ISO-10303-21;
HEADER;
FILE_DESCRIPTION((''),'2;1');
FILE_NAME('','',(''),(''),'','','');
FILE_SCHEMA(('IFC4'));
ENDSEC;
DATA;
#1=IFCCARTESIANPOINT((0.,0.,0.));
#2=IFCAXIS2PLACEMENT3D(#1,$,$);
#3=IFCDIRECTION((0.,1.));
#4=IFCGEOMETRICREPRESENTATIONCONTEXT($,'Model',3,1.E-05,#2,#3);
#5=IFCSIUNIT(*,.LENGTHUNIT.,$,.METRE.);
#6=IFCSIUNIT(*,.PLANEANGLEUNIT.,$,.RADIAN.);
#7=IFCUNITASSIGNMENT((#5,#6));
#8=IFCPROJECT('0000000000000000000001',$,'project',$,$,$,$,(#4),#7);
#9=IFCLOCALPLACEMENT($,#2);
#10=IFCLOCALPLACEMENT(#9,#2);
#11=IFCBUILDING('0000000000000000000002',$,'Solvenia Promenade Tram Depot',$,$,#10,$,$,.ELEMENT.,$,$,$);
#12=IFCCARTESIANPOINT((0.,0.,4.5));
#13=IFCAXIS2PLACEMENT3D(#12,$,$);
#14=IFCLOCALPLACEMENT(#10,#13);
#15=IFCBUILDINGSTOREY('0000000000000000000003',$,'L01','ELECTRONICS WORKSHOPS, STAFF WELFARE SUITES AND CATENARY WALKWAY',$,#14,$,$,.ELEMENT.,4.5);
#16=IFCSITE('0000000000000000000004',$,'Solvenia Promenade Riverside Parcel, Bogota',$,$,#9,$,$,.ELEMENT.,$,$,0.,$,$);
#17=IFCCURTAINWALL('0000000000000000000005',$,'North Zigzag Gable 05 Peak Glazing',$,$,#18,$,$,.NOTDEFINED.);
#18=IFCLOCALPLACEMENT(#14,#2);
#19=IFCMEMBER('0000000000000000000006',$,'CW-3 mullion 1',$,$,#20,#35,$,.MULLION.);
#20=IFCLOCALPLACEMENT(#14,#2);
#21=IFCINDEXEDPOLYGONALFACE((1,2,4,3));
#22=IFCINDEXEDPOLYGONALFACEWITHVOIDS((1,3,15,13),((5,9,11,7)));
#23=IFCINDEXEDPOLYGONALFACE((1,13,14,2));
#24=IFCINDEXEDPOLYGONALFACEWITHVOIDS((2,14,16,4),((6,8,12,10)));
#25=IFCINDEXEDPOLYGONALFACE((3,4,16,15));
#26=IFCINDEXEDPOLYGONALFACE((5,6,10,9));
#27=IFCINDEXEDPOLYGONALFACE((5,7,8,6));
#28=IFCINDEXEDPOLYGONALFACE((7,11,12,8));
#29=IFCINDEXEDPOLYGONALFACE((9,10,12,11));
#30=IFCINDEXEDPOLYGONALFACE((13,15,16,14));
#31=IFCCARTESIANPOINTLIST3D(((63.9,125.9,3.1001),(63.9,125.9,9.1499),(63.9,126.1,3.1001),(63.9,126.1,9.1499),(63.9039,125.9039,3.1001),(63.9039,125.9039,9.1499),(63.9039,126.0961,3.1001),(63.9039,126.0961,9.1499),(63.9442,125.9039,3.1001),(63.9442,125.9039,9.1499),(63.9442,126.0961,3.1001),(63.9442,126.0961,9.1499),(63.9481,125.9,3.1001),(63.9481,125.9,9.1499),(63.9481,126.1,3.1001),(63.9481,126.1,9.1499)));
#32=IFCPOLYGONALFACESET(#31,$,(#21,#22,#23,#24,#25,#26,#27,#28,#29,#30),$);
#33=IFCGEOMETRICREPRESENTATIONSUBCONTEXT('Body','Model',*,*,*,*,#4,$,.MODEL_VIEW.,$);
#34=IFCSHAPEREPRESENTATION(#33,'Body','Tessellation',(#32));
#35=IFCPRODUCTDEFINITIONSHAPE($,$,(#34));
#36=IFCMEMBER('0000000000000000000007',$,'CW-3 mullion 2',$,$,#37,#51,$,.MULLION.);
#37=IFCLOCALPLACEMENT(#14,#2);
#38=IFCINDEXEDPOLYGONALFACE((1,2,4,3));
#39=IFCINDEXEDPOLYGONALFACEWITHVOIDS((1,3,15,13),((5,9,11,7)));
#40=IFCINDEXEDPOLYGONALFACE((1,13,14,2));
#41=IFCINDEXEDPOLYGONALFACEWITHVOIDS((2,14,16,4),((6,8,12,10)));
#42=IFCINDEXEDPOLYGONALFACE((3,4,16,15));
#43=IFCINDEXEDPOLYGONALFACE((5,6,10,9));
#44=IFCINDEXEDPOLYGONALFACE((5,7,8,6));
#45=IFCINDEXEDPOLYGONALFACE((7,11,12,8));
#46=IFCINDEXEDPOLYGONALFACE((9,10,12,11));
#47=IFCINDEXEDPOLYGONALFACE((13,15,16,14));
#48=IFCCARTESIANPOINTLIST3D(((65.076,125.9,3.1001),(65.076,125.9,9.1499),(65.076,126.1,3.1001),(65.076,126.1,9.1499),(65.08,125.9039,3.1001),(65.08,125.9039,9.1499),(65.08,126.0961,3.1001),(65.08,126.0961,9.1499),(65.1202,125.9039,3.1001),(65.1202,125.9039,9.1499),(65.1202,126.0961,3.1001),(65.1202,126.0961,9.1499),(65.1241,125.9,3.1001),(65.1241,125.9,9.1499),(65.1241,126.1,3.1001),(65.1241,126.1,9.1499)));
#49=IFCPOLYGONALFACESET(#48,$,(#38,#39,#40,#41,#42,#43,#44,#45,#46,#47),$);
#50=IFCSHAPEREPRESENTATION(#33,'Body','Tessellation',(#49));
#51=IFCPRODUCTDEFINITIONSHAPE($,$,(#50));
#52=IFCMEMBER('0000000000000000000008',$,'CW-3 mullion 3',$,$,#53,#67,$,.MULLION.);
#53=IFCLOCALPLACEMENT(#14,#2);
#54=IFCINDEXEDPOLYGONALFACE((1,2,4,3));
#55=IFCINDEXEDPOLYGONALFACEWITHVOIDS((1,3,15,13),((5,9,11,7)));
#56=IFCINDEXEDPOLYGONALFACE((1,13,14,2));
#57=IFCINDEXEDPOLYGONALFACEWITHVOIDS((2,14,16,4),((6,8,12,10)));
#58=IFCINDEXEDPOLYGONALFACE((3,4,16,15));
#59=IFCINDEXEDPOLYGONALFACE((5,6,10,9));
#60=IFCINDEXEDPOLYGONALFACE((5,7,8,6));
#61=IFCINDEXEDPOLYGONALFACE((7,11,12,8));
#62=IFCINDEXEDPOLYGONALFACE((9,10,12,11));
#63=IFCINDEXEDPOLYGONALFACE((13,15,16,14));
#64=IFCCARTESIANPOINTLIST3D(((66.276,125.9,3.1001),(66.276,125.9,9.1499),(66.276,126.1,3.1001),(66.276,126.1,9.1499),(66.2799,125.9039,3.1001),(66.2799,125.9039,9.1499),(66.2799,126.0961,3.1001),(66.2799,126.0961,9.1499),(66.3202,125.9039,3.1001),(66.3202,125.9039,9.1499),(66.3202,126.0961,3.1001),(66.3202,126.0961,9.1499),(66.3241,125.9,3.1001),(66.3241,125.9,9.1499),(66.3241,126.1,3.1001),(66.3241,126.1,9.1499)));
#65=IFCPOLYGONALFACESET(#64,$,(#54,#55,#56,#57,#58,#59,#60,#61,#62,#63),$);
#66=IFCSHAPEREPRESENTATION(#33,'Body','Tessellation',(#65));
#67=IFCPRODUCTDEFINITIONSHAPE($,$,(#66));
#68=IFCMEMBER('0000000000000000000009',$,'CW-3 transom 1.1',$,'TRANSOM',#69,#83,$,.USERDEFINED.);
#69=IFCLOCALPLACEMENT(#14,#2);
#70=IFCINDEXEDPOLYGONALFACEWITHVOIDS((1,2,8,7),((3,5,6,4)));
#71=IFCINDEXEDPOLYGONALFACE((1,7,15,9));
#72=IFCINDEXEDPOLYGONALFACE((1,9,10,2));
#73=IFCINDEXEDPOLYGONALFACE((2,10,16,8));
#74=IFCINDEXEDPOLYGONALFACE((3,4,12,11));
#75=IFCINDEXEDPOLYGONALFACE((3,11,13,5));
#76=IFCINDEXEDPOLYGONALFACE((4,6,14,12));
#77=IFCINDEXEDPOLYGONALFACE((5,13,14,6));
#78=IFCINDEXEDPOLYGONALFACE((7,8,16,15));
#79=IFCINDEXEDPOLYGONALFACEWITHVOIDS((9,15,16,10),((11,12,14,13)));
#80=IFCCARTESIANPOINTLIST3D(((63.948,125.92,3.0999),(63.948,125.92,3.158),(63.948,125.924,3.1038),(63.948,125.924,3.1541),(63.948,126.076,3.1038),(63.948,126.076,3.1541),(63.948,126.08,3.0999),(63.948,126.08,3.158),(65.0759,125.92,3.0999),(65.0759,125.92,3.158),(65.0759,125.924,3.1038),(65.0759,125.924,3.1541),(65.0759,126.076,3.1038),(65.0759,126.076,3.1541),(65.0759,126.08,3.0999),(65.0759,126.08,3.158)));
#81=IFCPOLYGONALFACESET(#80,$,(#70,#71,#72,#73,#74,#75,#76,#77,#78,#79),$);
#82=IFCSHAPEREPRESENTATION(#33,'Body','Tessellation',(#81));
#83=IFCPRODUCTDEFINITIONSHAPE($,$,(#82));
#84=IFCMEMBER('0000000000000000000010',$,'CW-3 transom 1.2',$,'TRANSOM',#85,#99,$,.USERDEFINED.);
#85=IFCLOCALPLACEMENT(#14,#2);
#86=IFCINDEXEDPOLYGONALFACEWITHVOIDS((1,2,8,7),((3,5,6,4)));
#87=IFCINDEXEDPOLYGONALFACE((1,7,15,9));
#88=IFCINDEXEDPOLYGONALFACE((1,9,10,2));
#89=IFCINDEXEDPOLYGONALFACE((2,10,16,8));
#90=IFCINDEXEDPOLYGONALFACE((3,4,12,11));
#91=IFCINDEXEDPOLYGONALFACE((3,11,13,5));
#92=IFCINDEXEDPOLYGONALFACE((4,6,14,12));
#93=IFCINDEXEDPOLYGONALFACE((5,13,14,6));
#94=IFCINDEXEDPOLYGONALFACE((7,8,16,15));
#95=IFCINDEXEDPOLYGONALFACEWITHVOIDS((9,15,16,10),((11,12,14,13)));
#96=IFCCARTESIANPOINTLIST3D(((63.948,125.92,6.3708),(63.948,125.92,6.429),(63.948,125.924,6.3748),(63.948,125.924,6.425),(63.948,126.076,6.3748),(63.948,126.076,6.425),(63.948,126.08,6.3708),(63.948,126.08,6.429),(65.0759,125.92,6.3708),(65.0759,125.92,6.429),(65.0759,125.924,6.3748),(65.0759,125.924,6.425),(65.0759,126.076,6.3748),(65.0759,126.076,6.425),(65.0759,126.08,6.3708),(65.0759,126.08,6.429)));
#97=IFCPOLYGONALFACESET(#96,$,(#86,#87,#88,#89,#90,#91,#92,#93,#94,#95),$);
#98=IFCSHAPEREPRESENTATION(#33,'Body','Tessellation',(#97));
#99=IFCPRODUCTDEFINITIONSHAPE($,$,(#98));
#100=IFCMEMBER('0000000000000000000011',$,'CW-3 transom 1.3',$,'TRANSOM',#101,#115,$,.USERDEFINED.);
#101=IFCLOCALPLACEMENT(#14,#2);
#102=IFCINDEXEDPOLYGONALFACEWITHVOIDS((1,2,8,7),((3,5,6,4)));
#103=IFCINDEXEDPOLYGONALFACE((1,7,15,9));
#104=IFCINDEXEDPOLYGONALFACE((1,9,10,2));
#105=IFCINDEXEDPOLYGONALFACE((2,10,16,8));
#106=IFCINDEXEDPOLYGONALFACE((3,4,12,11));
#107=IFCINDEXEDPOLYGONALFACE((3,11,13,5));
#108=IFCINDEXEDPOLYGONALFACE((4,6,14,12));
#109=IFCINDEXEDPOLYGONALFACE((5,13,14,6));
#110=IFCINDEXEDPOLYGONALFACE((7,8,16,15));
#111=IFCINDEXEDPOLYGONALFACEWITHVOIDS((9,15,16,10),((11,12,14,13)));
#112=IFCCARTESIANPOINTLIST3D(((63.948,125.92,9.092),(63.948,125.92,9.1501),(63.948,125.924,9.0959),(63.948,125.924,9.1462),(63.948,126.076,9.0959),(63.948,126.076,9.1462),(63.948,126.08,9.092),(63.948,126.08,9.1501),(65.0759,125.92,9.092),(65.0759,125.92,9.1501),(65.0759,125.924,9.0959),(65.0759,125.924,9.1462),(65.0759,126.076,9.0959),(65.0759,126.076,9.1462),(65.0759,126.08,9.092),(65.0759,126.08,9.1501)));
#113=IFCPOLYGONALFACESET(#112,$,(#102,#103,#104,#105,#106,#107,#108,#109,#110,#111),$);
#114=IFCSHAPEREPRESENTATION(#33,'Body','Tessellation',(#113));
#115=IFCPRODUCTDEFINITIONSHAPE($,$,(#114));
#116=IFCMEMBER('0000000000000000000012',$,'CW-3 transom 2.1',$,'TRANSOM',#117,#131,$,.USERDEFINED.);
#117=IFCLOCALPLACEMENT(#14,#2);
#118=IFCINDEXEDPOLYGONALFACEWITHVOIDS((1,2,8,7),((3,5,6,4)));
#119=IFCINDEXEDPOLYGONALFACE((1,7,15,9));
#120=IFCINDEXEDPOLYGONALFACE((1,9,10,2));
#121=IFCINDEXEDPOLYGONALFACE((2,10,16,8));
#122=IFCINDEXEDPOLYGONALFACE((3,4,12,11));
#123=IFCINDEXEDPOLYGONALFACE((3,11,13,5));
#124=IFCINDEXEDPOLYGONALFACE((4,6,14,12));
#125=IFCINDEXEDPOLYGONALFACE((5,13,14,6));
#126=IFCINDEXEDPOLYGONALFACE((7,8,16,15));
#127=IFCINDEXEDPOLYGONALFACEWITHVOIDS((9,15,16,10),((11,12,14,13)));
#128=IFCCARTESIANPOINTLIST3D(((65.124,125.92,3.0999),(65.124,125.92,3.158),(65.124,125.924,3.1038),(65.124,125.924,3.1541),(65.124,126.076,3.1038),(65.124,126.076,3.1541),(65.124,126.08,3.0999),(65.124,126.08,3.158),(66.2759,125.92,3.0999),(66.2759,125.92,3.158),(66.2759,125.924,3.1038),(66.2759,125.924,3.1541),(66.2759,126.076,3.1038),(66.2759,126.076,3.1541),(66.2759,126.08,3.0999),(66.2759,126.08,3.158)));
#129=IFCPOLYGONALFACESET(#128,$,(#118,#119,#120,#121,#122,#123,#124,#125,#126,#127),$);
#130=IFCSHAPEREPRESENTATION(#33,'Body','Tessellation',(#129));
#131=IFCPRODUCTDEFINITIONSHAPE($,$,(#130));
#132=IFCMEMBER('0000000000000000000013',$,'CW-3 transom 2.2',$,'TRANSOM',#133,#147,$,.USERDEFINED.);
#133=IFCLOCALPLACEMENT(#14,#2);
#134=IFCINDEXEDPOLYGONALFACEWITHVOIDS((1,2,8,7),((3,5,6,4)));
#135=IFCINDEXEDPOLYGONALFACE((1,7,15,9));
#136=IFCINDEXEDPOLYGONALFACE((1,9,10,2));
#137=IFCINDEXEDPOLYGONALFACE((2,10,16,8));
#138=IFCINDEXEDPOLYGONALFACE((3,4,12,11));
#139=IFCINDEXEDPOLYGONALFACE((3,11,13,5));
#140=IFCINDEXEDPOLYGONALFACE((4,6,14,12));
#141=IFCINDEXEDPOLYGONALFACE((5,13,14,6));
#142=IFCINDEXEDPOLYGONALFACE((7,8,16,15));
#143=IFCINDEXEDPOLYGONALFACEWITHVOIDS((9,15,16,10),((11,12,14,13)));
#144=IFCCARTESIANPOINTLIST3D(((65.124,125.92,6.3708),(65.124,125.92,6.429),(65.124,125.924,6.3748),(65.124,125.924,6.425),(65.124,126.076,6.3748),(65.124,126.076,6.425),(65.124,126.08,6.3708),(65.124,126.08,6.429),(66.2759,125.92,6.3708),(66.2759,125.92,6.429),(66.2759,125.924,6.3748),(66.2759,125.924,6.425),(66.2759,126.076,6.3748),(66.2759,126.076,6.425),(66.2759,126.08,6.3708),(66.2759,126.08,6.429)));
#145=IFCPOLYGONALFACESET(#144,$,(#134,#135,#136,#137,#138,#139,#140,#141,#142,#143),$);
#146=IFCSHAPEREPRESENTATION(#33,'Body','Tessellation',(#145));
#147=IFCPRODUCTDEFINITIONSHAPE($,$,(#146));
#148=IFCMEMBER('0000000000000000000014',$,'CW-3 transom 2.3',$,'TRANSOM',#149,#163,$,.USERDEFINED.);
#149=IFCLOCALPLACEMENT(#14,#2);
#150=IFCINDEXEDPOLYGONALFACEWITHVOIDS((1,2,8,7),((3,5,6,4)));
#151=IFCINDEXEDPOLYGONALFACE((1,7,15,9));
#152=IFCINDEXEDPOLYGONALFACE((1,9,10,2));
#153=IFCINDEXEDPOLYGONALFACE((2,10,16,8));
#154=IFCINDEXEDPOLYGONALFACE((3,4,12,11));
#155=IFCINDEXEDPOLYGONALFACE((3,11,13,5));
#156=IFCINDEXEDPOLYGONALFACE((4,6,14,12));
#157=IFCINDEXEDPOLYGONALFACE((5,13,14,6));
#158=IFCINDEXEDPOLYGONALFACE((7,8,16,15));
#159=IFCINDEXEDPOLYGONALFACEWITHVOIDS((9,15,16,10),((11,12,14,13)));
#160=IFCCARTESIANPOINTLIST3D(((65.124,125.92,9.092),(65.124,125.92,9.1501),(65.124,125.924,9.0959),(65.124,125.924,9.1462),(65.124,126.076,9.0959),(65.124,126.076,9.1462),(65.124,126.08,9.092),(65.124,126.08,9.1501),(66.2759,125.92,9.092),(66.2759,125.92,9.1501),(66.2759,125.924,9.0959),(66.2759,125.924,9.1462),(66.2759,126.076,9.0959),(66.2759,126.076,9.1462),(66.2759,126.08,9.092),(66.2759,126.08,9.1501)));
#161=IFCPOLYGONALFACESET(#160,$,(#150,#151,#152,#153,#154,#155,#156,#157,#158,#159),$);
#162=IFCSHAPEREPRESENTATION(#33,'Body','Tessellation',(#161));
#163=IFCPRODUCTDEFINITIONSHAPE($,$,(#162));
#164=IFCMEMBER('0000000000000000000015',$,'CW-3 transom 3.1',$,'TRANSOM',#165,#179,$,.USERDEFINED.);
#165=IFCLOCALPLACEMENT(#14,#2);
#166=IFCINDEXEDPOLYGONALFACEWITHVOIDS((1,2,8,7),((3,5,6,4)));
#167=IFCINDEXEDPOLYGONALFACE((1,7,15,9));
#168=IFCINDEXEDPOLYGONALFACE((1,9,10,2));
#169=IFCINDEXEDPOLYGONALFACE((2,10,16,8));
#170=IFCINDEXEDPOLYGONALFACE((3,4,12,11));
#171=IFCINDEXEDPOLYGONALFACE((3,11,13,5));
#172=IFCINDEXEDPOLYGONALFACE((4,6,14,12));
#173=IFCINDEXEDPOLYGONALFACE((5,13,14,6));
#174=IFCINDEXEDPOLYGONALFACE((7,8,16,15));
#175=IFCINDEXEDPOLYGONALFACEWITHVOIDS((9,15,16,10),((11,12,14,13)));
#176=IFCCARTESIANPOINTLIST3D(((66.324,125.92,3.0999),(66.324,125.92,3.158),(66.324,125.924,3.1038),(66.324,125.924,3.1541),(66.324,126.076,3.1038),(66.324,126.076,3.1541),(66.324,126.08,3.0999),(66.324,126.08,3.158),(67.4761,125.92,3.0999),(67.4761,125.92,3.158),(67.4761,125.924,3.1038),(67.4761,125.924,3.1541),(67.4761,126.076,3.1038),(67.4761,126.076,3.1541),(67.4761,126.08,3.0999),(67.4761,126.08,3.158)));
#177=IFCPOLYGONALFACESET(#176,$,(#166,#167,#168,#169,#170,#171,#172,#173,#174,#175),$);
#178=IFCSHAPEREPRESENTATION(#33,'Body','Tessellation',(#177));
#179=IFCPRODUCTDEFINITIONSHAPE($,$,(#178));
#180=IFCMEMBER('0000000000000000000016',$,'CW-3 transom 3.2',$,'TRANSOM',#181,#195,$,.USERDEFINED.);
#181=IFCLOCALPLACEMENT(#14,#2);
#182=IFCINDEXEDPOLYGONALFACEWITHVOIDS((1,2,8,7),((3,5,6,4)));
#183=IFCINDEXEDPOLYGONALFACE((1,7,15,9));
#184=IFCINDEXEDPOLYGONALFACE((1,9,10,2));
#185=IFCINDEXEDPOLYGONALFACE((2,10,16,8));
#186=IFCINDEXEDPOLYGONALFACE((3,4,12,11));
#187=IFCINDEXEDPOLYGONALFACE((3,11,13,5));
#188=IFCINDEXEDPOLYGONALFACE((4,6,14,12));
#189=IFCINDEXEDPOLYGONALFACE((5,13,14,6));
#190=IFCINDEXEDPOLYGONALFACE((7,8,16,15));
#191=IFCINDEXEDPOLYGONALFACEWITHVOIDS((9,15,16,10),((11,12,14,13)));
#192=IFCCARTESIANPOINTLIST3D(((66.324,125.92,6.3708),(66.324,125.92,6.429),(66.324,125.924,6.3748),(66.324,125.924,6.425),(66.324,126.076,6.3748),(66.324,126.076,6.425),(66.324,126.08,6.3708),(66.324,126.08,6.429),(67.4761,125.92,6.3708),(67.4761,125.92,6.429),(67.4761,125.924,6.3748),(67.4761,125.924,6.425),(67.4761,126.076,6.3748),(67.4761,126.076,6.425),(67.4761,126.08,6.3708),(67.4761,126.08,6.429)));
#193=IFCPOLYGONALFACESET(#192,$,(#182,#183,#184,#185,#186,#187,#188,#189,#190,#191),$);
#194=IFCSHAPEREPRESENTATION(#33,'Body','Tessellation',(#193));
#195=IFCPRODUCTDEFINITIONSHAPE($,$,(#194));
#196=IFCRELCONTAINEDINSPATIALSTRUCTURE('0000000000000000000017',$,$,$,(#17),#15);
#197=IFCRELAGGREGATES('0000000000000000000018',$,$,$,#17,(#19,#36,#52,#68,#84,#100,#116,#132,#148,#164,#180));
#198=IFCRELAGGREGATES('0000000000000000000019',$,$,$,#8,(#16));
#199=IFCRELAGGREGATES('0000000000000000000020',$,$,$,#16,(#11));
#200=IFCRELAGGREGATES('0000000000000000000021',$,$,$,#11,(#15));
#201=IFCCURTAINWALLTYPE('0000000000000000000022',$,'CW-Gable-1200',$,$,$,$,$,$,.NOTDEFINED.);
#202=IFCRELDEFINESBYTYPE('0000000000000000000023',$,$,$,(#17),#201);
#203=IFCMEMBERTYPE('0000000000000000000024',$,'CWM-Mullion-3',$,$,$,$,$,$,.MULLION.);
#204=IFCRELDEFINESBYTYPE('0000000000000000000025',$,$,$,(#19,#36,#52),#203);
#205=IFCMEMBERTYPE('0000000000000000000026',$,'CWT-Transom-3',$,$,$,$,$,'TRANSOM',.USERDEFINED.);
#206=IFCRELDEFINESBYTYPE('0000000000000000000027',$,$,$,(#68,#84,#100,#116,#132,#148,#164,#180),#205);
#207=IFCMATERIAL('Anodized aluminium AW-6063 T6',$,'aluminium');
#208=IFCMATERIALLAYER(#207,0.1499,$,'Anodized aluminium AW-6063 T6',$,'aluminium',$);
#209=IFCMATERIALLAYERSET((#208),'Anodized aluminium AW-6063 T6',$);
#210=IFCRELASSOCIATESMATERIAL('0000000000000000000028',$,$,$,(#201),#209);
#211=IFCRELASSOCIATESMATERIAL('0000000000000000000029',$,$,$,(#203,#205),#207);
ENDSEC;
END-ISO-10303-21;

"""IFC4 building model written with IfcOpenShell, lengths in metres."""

from ifc_helpers import new_model, si_unit, direction, frame, origin, origin_2d, place, context, subcontext, project, spatial, hollow_rectangle, extrude, material, layer, layer_set, material_profile, profile_set, type_object, element, aggregate, save


model = new_model("IFC4")

# Units and contexts
model_context = context("Model", 3, precision=1e-05, world=origin(), true_north=direction((0.0, 1.0)))
body_context = subcontext(model_context, "Body", "Model", "MODEL_VIEW")
ifc_project = project(units=[si_unit("LENGTHUNIT", "METRE"), si_unit("PLANEANGLEUNIT", "RADIAN")], contexts=[model_context])

# Site, building, storey
site_placement = place(None, origin())
site = spatial("IfcSite", under=ifc_project, at=site_placement, Name="Solvenia Promenade Riverside Parcel, Bogota", CompositionType="ELEMENT", RefElevation=0.0)
building_placement = place(site_placement, origin())
building = spatial("IfcBuilding", under=site, at=building_placement, Name="Solvenia Promenade Tram Depot", CompositionType="ELEMENT")
storey_placement = place(building_placement, frame((0.0, 0.0, 4.5)))
storey = spatial("IfcBuildingStorey", under=building, at=storey_placement, Name="L01", Description="ELECTRONICS WORKSHOPS, STAFF WELFARE SUITES AND CATENARY WALKWAY", CompositionType="ELEMENT", Elevation=4.5)

# Curtain wall, members
ifc_material_1 = material(Name="Anodized aluminium AW-6063 T6", Category="aluminium")
ifc_layer_1 = layer(ifc_material_1, 0.1499, Name="Anodized aluminium AW-6063 T6", Category="aluminium")
ifc_layer_set_1 = layer_set([ifc_layer_1], Name="Anodized aluminium AW-6063 T6")
curtain_wall_type = type_object("IfcCurtainWallType", Name="CW-Gable-1200", PredefinedType="NOTDEFINED", material=ifc_layer_set_1)
curtain_wall_placement = place(storey_placement, origin())
curtain_wall = element("IfcCurtainWall", 1, at=curtain_wall_placement, inside=storey, type_object=curtain_wall_type, Name="North Zigzag Gable 05 Peak Glazing", PredefinedType="NOTDEFINED")
ifc_material_profile_1 = material_profile(ifc_material_1, hollow_rectangle(XDim=0.2, YDim=0.0481, WallThickness=0.0039, at=origin_2d()), Name="ALU-M3", Category="aluminium")
ifc_profile_set_1 = profile_set([ifc_material_profile_1], Name="Anodized aluminium AW-6063 T6")
member_type_1 = type_object("IfcMemberType", Name="CWM-Mullion-3", PredefinedType="MULLION", material=ifc_profile_set_1)
member_1_placement = place(storey_placement, frame((63.9241, 126.0, 3.1001), z_axis=(0.0, 0.0, 1.0), x_axis=(0.0, 1.0, 0.0)))
member_1 = element("IfcMember", 2, at=member_1_placement, type_object=member_type_1, Name="CW-3 mullion 1", PredefinedType="MULLION", context=body_context, shape_type="SweptSolid", body=[
    extrude(hollow_rectangle(XDim=0.2, YDim=0.0481, WallThickness=0.0039, at=origin_2d()), origin(), (0.0, 0.0, 1.0), 6.0498),
])
member_2_placement = place(storey_placement, frame((65.1001, 126.0, 3.1001), z_axis=(0.0, 0.0, 1.0), x_axis=(0.0, 1.0, 0.0)))
member_2 = element("IfcMember", 3, at=member_2_placement, type_object=member_type_1, Name="CW-3 mullion 2", PredefinedType="MULLION", context=body_context, shape_type="SweptSolid", body=[
    extrude(hollow_rectangle(XDim=0.2, YDim=0.0481, WallThickness=0.0039, at=origin_2d()), origin(), (0.0, 0.0, 1.0), 6.0498),
])
member_3_placement = place(storey_placement, frame((66.3, 126.0, 3.1001), z_axis=(0.0, 0.0, 1.0), x_axis=(0.0, 1.0, 0.0)))
member_3 = element("IfcMember", 4, at=member_3_placement, type_object=member_type_1, Name="CW-3 mullion 3", PredefinedType="MULLION", context=body_context, shape_type="SweptSolid", body=[
    extrude(hollow_rectangle(XDim=0.2, YDim=0.0481, WallThickness=0.0039, at=origin_2d()), origin(), (0.0, 0.0, 1.0), 6.0498),
])
ifc_material_profile_2 = material_profile(ifc_material_1, hollow_rectangle(XDim=0.1599, YDim=0.0581, WallThickness=0.0039, at=origin_2d()), Name="ALU-T3", Category="aluminium")
ifc_profile_set_2 = profile_set([ifc_material_profile_2], Name="Anodized aluminium AW-6063 T6")
member_type_2 = type_object("IfcMemberType", Name="CWT-Transom-3", ElementType="TRANSOM", PredefinedType="USERDEFINED", material=ifc_profile_set_2)
member_4_placement = place(storey_placement, frame((63.948, 126.0, 3.1289), z_axis=(1.0, 0.0, 0.0), x_axis=(0.0, 1.0, 0.0)))
member_4 = element("IfcMember", 5, at=member_4_placement, type_object=member_type_2, Name="CW-3 transom 1.1", ObjectType="TRANSOM", PredefinedType="USERDEFINED", context=body_context, shape_type="SweptSolid", body=[
    extrude(hollow_rectangle(XDim=0.1599, YDim=0.0581, WallThickness=0.0039, at=origin_2d()), origin(), (0.0, 0.0, 1.0), 1.1279),
])
member_5_placement = place(storey_placement, frame((63.948, 126.0, 6.3999), z_axis=(1.0, 0.0, 0.0), x_axis=(0.0, 1.0, 0.0)))
member_5 = element("IfcMember", 6, at=member_5_placement, type_object=member_type_2, Name="CW-3 transom 1.2", ObjectType="TRANSOM", PredefinedType="USERDEFINED", context=body_context, shape_type="SweptSolid", body=[
    extrude(hollow_rectangle(XDim=0.1599, YDim=0.0581, WallThickness=0.0039, at=origin_2d()), origin(), (0.0, 0.0, 1.0), 1.1279),
])
member_6_placement = place(storey_placement, frame((63.948, 126.0, 9.1211), z_axis=(1.0, 0.0, 0.0), x_axis=(0.0, 1.0, 0.0)))
member_6 = element("IfcMember", 7, at=member_6_placement, type_object=member_type_2, Name="CW-3 transom 1.3", ObjectType="TRANSOM", PredefinedType="USERDEFINED", context=body_context, shape_type="SweptSolid", body=[
    extrude(hollow_rectangle(XDim=0.1599, YDim=0.0581, WallThickness=0.0039, at=origin_2d()), origin(), (0.0, 0.0, 1.0), 1.1279),
])
member_7_placement = place(storey_placement, frame((65.124, 126.0, 3.1289), z_axis=(1.0, 0.0, 0.0), x_axis=(0.0, 1.0, 0.0)))
member_7 = element("IfcMember", 8, at=member_7_placement, type_object=member_type_2, Name="CW-3 transom 2.1", ObjectType="TRANSOM", PredefinedType="USERDEFINED", context=body_context, shape_type="SweptSolid", body=[
    extrude(hollow_rectangle(XDim=0.1599, YDim=0.0581, WallThickness=0.0039, at=origin_2d()), origin(), (0.0, 0.0, 1.0), 1.1519),
])
member_8_placement = place(storey_placement, frame((65.124, 126.0, 6.3999), z_axis=(1.0, 0.0, 0.0), x_axis=(0.0, 1.0, 0.0)))
member_8 = element("IfcMember", 9, at=member_8_placement, type_object=member_type_2, Name="CW-3 transom 2.2", ObjectType="TRANSOM", PredefinedType="USERDEFINED", context=body_context, shape_type="SweptSolid", body=[
    extrude(hollow_rectangle(XDim=0.1599, YDim=0.0581, WallThickness=0.0039, at=origin_2d()), origin(), (0.0, 0.0, 1.0), 1.1519),
])
member_9_placement = place(storey_placement, frame((65.124, 126.0, 9.1211), z_axis=(1.0, 0.0, 0.0), x_axis=(0.0, 1.0, 0.0)))
member_9 = element("IfcMember", 10, at=member_9_placement, type_object=member_type_2, Name="CW-3 transom 2.3", ObjectType="TRANSOM", PredefinedType="USERDEFINED", context=body_context, shape_type="SweptSolid", body=[
    extrude(hollow_rectangle(XDim=0.1599, YDim=0.0581, WallThickness=0.0039, at=origin_2d()), origin(), (0.0, 0.0, 1.0), 1.1519),
])
member_10_placement = place(storey_placement, frame((66.324, 126.0, 3.1289), z_axis=(1.0, 0.0, 0.0), x_axis=(0.0, 1.0, 0.0)))
member_10 = element("IfcMember", 11, at=member_10_placement, type_object=member_type_2, Name="CW-3 transom 3.1", ObjectType="TRANSOM", PredefinedType="USERDEFINED", context=body_context, shape_type="SweptSolid", body=[
    extrude(hollow_rectangle(XDim=0.1599, YDim=0.0581, WallThickness=0.0039, at=origin_2d()), origin(), (0.0, 0.0, 1.0), 1.1521),
])
member_11_placement = place(storey_placement, frame((66.324, 126.0, 6.3999), z_axis=(1.0, 0.0, 0.0), x_axis=(0.0, 1.0, 0.0)))
member_11 = element("IfcMember", 12, at=member_11_placement, type_object=member_type_2, Name="CW-3 transom 3.2", ObjectType="TRANSOM", PredefinedType="USERDEFINED", context=body_context, shape_type="SweptSolid", body=[
    extrude(hollow_rectangle(XDim=0.1599, YDim=0.0581, WallThickness=0.0039, at=origin_2d()), origin(), (0.0, 0.0, 1.0), 1.1521),
])

aggregate(curtain_wall, [member_1, member_2, member_3, member_4, member_5, member_6, member_7, member_8, member_9, member_10, member_11])

save(model, "model.ifc")
